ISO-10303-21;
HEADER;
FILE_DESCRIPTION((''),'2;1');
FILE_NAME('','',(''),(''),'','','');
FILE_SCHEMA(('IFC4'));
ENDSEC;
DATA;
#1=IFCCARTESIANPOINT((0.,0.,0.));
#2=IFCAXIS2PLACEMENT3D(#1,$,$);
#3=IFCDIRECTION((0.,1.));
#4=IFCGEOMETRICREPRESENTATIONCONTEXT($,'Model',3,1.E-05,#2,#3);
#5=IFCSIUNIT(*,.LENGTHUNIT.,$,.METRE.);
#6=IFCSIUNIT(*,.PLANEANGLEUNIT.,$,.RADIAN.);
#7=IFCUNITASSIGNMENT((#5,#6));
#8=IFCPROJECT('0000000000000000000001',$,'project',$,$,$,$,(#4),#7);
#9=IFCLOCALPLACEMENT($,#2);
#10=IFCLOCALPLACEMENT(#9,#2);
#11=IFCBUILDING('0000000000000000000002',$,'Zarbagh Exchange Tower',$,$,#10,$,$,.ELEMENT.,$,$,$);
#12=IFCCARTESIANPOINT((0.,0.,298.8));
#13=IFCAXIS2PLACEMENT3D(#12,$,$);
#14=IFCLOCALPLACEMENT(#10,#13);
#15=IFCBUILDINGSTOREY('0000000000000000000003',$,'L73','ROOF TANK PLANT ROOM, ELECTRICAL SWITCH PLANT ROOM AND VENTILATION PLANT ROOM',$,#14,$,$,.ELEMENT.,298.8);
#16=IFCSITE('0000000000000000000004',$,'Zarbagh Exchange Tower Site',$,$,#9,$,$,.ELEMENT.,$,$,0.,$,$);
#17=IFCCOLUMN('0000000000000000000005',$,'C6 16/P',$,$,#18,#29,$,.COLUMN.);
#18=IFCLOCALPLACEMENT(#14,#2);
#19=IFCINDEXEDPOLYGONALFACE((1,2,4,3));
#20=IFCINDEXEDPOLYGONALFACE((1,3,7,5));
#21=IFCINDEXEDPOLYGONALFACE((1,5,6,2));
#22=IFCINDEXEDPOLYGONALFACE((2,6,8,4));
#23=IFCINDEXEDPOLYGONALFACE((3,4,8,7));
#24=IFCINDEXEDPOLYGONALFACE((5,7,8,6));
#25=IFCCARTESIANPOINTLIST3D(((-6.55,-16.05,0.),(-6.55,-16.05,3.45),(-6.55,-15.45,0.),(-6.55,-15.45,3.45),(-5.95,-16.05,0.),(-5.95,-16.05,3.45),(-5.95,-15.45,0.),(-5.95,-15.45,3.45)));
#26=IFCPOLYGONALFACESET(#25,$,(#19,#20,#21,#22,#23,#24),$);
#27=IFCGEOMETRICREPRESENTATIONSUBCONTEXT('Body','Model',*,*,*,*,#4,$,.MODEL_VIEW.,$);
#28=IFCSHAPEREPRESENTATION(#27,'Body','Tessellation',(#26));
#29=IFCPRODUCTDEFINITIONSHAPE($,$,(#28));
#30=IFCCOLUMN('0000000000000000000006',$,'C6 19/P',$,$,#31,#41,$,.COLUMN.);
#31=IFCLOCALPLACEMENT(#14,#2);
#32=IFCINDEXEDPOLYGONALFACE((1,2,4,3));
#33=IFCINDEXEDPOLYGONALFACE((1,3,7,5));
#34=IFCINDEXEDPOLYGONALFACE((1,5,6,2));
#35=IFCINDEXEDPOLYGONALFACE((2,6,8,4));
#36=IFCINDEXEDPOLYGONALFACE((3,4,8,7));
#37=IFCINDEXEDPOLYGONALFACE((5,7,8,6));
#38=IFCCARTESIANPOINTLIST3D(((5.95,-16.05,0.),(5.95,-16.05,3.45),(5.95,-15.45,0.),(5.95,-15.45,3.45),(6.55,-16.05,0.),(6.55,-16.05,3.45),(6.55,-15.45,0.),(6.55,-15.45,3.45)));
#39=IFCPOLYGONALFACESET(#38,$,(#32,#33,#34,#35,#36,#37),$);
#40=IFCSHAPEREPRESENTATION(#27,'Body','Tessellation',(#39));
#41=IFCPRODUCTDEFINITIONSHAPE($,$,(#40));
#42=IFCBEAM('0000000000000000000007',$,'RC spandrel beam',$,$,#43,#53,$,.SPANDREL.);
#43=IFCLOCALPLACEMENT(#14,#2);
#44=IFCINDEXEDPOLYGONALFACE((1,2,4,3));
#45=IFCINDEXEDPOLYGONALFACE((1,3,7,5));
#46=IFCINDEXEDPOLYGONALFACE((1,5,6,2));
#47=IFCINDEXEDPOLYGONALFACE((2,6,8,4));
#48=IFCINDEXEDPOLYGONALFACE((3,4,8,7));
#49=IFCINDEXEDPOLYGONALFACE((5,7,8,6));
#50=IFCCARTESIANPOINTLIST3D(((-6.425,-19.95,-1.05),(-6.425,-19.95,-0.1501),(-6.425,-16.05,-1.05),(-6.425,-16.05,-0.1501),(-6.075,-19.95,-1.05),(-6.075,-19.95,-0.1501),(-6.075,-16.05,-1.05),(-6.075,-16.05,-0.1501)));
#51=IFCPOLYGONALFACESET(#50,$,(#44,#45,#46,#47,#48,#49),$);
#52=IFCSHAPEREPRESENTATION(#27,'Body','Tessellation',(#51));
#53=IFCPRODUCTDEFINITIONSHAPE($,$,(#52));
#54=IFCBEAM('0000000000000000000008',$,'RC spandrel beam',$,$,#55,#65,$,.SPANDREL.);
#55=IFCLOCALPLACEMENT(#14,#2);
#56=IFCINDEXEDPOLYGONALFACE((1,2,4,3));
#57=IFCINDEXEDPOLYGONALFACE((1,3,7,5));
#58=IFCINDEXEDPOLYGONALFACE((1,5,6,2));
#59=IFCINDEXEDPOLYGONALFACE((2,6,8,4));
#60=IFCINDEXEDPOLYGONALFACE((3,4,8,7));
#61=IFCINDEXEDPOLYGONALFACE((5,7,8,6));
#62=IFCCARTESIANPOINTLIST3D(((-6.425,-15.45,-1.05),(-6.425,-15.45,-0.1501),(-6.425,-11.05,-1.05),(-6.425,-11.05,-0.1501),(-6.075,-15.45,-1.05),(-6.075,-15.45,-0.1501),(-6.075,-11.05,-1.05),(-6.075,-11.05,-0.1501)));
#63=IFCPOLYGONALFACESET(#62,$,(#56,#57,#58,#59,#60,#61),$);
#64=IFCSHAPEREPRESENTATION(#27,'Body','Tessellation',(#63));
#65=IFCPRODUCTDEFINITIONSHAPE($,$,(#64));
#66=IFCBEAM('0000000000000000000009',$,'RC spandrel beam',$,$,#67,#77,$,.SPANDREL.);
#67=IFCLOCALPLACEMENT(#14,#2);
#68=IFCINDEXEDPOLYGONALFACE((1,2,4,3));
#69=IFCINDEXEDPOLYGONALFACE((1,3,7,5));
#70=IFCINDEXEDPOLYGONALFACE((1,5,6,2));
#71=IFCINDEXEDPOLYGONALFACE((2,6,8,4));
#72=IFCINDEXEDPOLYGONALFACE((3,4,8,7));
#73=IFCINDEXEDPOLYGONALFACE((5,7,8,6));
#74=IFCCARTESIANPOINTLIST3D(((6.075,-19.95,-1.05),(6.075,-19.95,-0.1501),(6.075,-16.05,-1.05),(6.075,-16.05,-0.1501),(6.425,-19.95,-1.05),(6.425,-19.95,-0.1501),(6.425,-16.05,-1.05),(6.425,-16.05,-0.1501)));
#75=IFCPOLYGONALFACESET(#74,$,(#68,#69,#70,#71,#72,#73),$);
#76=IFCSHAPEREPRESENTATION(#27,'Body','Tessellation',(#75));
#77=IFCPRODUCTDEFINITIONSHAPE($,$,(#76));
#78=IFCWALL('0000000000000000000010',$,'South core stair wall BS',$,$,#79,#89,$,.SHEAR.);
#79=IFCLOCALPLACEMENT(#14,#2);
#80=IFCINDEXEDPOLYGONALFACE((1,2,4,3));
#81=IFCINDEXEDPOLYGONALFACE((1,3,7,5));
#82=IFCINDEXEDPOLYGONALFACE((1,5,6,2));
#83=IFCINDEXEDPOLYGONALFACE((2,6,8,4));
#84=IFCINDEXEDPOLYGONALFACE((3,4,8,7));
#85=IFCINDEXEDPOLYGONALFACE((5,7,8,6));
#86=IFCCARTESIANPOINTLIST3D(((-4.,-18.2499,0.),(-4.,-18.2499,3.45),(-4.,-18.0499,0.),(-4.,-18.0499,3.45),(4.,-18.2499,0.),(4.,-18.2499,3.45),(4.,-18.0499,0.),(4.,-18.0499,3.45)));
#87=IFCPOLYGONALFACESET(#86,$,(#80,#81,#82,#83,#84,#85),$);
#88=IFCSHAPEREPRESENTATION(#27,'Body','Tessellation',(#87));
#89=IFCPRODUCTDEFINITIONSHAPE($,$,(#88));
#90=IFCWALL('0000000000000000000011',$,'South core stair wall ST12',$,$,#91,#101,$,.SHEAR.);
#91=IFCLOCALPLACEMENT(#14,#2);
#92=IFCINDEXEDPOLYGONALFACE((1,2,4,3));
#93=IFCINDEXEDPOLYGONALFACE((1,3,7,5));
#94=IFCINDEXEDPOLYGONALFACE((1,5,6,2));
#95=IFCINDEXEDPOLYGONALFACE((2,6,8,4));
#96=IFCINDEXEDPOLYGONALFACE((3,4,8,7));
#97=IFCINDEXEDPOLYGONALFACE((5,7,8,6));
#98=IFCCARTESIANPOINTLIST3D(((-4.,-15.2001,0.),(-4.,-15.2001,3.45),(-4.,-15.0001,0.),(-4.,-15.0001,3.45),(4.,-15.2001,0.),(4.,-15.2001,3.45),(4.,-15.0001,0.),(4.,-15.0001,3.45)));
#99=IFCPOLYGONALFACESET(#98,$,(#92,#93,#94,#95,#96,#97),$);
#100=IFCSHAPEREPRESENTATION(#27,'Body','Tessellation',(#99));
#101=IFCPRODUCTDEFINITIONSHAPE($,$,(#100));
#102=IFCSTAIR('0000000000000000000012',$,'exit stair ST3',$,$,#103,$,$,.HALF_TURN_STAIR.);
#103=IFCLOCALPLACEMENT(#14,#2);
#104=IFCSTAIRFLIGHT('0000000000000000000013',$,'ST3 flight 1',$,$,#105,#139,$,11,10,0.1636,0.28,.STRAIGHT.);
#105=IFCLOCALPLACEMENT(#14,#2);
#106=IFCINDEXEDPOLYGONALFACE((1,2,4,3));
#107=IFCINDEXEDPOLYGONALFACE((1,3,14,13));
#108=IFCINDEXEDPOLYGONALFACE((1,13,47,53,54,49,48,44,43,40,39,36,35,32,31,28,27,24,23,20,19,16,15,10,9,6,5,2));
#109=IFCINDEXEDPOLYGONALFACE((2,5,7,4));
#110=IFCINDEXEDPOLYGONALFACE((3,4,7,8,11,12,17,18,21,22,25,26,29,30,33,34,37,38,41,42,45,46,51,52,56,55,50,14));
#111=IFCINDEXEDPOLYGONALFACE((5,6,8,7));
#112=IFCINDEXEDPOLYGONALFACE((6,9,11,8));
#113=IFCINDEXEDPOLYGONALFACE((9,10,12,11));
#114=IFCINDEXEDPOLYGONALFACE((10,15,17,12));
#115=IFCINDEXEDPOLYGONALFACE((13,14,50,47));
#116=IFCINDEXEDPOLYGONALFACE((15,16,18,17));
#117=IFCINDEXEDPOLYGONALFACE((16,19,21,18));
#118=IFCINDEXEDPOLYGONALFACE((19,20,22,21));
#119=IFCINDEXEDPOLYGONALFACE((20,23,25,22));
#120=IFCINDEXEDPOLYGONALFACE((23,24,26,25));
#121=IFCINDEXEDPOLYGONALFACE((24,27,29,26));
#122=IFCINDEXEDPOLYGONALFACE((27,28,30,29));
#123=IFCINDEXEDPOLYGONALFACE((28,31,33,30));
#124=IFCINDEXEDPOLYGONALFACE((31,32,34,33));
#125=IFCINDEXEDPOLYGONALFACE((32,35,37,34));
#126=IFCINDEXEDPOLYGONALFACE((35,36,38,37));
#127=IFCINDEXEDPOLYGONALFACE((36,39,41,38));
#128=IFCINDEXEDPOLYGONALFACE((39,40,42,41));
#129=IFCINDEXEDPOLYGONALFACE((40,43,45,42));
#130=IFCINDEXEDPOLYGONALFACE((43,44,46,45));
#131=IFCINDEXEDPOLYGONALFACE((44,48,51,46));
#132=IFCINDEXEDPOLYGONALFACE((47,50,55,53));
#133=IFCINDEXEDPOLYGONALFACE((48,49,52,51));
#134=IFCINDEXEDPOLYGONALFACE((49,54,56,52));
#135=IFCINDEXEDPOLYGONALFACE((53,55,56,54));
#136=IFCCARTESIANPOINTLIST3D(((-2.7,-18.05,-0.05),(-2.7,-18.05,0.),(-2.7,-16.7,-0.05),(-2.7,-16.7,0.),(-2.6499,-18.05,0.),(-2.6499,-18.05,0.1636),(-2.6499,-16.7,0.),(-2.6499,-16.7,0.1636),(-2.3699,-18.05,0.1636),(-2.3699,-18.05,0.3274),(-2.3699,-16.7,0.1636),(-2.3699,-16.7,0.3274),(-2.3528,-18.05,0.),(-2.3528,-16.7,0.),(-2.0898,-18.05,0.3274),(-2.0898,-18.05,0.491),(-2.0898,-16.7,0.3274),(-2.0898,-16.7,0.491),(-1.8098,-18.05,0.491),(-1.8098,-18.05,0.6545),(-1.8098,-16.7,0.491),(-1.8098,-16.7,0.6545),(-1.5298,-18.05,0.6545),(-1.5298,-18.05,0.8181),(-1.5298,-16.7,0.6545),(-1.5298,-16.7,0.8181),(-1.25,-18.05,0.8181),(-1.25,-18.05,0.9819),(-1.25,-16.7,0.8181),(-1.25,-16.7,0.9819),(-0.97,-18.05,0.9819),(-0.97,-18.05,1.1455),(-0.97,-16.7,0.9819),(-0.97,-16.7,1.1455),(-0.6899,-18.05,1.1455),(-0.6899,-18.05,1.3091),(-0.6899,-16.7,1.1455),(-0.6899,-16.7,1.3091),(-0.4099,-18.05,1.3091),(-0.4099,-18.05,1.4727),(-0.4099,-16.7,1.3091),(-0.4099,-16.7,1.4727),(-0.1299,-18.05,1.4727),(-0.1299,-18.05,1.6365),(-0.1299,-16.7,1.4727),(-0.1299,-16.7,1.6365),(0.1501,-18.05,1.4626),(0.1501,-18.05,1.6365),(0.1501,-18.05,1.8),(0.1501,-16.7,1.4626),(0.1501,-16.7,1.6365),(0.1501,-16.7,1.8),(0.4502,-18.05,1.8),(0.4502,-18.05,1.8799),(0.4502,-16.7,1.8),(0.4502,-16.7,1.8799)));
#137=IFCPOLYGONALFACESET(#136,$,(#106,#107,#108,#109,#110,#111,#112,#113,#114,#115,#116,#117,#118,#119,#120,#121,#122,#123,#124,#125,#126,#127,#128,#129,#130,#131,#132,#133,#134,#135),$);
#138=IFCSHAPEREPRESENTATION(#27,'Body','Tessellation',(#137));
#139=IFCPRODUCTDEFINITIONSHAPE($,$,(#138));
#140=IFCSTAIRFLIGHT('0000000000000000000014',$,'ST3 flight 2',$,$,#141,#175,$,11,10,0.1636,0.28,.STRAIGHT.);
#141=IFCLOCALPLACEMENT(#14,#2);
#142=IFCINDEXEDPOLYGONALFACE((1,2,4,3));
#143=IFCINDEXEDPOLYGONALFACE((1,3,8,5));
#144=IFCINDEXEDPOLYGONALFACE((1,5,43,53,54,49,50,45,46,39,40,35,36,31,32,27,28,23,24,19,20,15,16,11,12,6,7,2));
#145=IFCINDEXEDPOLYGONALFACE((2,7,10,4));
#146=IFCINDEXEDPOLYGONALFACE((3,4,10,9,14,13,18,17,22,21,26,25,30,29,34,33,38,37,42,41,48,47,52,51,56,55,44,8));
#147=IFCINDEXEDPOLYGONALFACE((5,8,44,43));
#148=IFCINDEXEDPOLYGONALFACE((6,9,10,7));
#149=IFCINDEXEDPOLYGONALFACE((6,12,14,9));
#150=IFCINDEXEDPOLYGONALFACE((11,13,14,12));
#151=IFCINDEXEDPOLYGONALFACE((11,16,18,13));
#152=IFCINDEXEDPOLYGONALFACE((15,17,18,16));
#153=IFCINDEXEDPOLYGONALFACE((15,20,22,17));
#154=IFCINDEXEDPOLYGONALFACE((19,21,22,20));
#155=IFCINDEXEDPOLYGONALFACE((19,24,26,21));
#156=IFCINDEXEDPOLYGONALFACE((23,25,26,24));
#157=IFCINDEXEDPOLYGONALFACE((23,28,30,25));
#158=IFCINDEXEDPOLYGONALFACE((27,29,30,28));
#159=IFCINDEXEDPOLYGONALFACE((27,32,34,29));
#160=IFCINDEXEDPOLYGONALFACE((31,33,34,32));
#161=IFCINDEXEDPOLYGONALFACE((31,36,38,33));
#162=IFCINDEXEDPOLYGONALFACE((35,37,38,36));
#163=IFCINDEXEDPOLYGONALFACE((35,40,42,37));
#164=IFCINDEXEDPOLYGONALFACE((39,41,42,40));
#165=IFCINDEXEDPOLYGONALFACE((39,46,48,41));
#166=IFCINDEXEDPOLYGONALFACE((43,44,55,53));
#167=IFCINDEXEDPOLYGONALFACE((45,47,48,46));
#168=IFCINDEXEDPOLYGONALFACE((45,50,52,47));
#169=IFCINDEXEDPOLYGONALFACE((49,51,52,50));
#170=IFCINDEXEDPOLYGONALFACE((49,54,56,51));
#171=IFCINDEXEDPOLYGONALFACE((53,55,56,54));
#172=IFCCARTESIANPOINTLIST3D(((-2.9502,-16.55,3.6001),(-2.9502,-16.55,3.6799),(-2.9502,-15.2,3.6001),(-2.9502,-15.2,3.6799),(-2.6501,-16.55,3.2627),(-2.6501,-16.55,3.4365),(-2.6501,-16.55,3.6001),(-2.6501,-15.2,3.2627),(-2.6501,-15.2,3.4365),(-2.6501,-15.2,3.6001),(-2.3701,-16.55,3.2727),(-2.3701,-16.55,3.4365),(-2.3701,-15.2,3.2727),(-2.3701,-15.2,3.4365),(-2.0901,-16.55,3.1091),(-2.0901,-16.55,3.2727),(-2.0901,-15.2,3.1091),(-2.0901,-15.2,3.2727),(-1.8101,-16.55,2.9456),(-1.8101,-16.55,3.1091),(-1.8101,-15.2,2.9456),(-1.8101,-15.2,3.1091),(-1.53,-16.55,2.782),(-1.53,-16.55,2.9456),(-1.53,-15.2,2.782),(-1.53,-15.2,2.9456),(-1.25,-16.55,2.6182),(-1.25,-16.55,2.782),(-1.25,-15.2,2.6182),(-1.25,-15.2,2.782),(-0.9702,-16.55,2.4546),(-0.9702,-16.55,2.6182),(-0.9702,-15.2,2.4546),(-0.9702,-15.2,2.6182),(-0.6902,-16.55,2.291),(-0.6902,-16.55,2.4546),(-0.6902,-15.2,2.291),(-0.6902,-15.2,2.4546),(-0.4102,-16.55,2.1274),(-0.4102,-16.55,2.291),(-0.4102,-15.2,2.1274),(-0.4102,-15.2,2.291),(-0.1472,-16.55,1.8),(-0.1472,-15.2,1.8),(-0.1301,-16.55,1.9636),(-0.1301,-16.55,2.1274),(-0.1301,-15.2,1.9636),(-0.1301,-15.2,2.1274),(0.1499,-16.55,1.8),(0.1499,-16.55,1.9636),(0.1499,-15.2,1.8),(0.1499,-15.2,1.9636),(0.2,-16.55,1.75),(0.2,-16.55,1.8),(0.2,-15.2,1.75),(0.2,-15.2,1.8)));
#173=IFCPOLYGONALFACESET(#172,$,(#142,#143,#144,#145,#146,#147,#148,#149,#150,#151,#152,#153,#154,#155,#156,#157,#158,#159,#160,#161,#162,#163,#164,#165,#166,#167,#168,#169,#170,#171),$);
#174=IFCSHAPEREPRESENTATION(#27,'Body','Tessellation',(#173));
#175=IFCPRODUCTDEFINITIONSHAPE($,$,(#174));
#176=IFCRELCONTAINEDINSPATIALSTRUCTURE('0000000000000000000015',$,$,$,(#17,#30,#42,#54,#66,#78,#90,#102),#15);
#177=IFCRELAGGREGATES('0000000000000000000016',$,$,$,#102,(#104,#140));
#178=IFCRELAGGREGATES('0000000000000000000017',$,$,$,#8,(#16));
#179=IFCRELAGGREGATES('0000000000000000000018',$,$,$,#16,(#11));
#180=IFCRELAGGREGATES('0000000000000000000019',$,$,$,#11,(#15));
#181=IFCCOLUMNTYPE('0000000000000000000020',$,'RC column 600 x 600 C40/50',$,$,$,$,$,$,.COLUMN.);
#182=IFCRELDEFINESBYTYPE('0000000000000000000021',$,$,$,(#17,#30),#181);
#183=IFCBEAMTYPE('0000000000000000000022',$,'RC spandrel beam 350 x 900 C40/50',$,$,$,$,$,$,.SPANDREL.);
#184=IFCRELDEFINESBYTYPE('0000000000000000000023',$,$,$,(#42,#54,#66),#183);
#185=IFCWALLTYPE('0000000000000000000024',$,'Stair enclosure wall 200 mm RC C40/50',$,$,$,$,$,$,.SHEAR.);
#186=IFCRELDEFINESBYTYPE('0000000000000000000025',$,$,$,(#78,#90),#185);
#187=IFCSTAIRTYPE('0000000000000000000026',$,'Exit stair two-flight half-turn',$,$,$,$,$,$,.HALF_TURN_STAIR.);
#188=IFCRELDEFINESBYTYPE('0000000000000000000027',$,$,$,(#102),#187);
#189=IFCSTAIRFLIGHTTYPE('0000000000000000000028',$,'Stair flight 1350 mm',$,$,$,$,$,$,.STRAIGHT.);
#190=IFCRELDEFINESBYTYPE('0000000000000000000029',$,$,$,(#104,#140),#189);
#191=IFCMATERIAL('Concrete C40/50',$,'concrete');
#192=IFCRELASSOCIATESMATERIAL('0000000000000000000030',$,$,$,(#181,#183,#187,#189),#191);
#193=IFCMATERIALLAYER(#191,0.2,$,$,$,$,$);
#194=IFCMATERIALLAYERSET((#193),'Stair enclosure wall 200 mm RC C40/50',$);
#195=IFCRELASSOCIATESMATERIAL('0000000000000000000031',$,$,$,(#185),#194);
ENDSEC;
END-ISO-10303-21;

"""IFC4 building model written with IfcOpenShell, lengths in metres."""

from ifc_helpers import new_model, si_unit, direction, frame, frame_2d, origin, origin_2d, place, context, subcontext, project, spatial, polyline, rectangle, outline, extrude, material, layer, layer_set, material_profile, profile_set, type_object, element, aggregate, save


model = new_model("IFC4")

# Units and contexts
model_context = context("Model", 3, precision=1e-05, world=origin(), true_north=direction((0.0, 1.0)))
body_context = subcontext(model_context, "Body", "Model", "MODEL_VIEW")
ifc_project = project(units=[si_unit("LENGTHUNIT", "METRE"), si_unit("PLANEANGLEUNIT", "RADIAN")], contexts=[model_context])

# Site, building, storey
site_placement = place(None, origin())
site = spatial("IfcSite", under=ifc_project, at=site_placement, Name="Zarbagh Exchange Tower Site", CompositionType="ELEMENT", RefElevation=0.0)
building_placement = place(site_placement, origin())
building = spatial("IfcBuilding", under=site, at=building_placement, Name="Zarbagh Exchange Tower", CompositionType="ELEMENT")
storey_placement = place(building_placement, frame((0.0, 0.0, 298.8)))
storey = spatial("IfcBuildingStorey", under=building, at=storey_placement, Name="L73", Description="ROOF TANK PLANT ROOM, ELECTRICAL SWITCH PLANT ROOM AND VENTILATION PLANT ROOM", CompositionType="ELEMENT", Elevation=298.8)

# Columns
ifc_material_1 = material(Name="Concrete C40/50", Category="concrete")
ifc_material_profile_1 = material_profile(ifc_material_1, rectangle(XDim=0.6001, YDim=0.6001, at=origin_2d()), Name="RC column 600 x 600 C40/50")
ifc_profile_set_1 = profile_set([ifc_material_profile_1], Name="Concrete C40/50")
column_type = type_object("IfcColumnType", Name="RC column 600 x 600 C40/50", PredefinedType="COLUMN", material=ifc_profile_set_1)
for number, where, z_axis, x_axis, name in (
    (1, (-6.25, -15.75, 0.0), (0.0, 0.0, 1.0), (1.0, 0.0, 0.0), "C6 16/P"),
    (2, (6.25, -15.75, 0.0), (0.0, 0.0, 1.0), (1.0, 0.0, 0.0), "C6 19/P"),
):
    element("IfcColumn", number, at=place(storey_placement, frame(where, z_axis=z_axis, x_axis=x_axis)), inside=storey, type_object=column_type, Name=name, PredefinedType="COLUMN", context=body_context, shape_type="SweptSolid", body=[
        extrude(rectangle(XDim=0.6001, YDim=0.6001, at=origin_2d()), origin(), (0.0, 0.0, 1.0), 3.45),
    ])

# Beams
ifc_material_profile_2 = material_profile(ifc_material_1, rectangle(XDim=0.3501, YDim=0.8999, at=origin_2d()), Name="RC spandrel beam 350 x 900 C40/50")
ifc_profile_set_2 = profile_set([ifc_material_profile_2], Name="Concrete C40/50")
beam_type = type_object("IfcBeamType", Name="RC spandrel beam 350 x 900 C40/50", PredefinedType="SPANDREL", material=ifc_profile_set_2)
beam_1_placement = place(storey_placement, frame((-6.25, -19.95, -0.6001), z_axis=(0.0, 1.0, 0.0), x_axis=(-1.0, 0.0, 0.0)))
element("IfcBeam", 3, at=beam_1_placement, inside=storey, type_object=beam_type, Name="RC spandrel beam", PredefinedType="SPANDREL", context=body_context, shape_type="SweptSolid", body=[
    extrude(rectangle(XDim=0.3501, YDim=0.8999, at=origin_2d()), origin(), (0.0, 0.0, 1.0), 3.8999),
])
beam_2_placement = place(storey_placement, frame((-6.25, -15.45, -0.6001), z_axis=(0.0, 1.0, 0.0), x_axis=(-1.0, 0.0, 0.0)))
element("IfcBeam", 4, at=beam_2_placement, inside=storey, type_object=beam_type, Name="RC spandrel beam", PredefinedType="SPANDREL", context=body_context, shape_type="SweptSolid", body=[
    extrude(rectangle(XDim=0.3501, YDim=0.8999, at=origin_2d()), origin(), (0.0, 0.0, 1.0), 4.3999),
])
beam_3_placement = place(storey_placement, frame((6.25, -16.05, -0.6001), z_axis=(0.0, -1.0, 0.0), x_axis=(1.0, 0.0, 0.0)))
element("IfcBeam", 5, at=beam_3_placement, inside=storey, type_object=beam_type, Name="RC spandrel beam", PredefinedType="SPANDREL", context=body_context, shape_type="SweptSolid", body=[
    extrude(rectangle(XDim=0.3501, YDim=0.8999, at=origin_2d()), origin(), (0.0, 0.0, 1.0), 3.8999),
])

# Walls
ifc_layer = layer(ifc_material_1, 0.2)
ifc_layer_set = layer_set([ifc_layer], Name="Stair enclosure wall 200 mm RC C40/50")
wall_type = type_object("IfcWallType", Name="Stair enclosure wall 200 mm RC C40/50", PredefinedType="SHEAR", material=ifc_layer_set)
for number, where, z_axis, x_axis, name in (
    (6, (4.0, -18.1499, 0.0), (0.0, 0.0, 1.0), (-1.0, 0.0, 0.0), "South core stair wall BS"),
    (7, (4.0, -15.1001, 0.0), (0.0, 0.0, 1.0), (-1.0, 0.0, 0.0), "South core stair wall ST12"),
):
    element("IfcWall", number, at=place(storey_placement, frame(where, z_axis=z_axis, x_axis=x_axis)), inside=storey, type_object=wall_type, Name=name, PredefinedType="SHEAR", context=body_context, shape_type="SweptSolid", body=[
        extrude(rectangle(XDim=8.0, YDim=0.2, at=frame_2d((4.0, 0.0))), origin(), (0.0, 0.0, 1.0), 3.45),
    ])

# Stair, stair flights
stair_type = type_object("IfcStairType", Name="Exit stair two-flight half-turn", PredefinedType="HALF_TURN_STAIR", material=ifc_material_1)
stair_1_placement = place(storey_placement, origin())
stair_1 = element("IfcStair", 8, at=stair_1_placement, inside=storey, type_object=stair_type, Name="exit stair ST3", PredefinedType="HALF_TURN_STAIR")
stair_flight_type_1 = type_object("IfcStairFlightType", Name="Stair flight 1350 mm", PredefinedType="STRAIGHT", material=ifc_material_1)
stair_flight_1_placement = place(storey_placement, frame((-2.6499, -17.375, 0.0), z_axis=(0.0, 0.0, 1.0), x_axis=(1.0, 0.0, 0.0)))
stair_flight_1 = element("IfcStairFlight", 9, at=stair_flight_1_placement, type_object=stair_flight_type_1, Name="ST3 flight 1", NumberOfRisers=11, NumberOfTreads=10, PredefinedType="STRAIGHT", RiserHeight=0.1636, TreadLength=0.28, context=body_context, shape_type="SweptSolid", body=[
    extrude(outline(polyline([(-0.05, -0.05), (-0.05, 0.0), (0.0, 0.0), (0.0, 0.1636), (0.28, 0.1636), (0.28, 0.3274), (0.5601, 0.3274), (0.5601, 0.491), (0.8401, 0.491), (0.8401, 0.6545), (1.1201, 0.6545), (1.1201, 0.8181), (1.3999, 0.8181), (1.3999, 0.9819), (1.6799, 0.9819), (1.6799, 1.1455), (1.96, 1.1455), (1.96, 1.3091), (2.24, 1.3091), (2.24, 1.4727), (2.52, 1.4727), (2.52, 1.6365), (2.8, 1.6365), (2.8, 1.8), (3.1001, 1.8799), (3.1001, 1.8), (2.8, 1.4626), (0.2971, 0.0), (-0.05, -0.05)])), frame((0.0, 0.675, 0.0), z_axis=(0.0, -1.0, 0.0), x_axis=(1.0, 0.0, 0.0)), (0.0, 0.0, 1.0), 1.3501),
])
stair_flight_2_placement = place(storey_placement, frame((0.1499, -15.875, 1.8), z_axis=(0.0, 0.0, 1.0), x_axis=(-1.0, 0.0, 0.0)))
stair_flight_2 = element("IfcStairFlight", 10, at=stair_flight_2_placement, type_object=stair_flight_type_1, Name="ST3 flight 2", NumberOfRisers=11, NumberOfTreads=10, PredefinedType="STRAIGHT", RiserHeight=0.1636, TreadLength=0.28, context=body_context, shape_type="SweptSolid", body=[
    extrude(outline(polyline([(-0.05, -0.05), (-0.05, 0.0), (0.0, 0.0), (0.0, 0.1636), (0.28, 0.1636), (0.28, 0.3274), (0.5601, 0.3274), (0.5601, 0.491), (0.8401, 0.491), (0.8401, 0.6545), (1.1201, 0.6545), (1.1201, 0.8181), (1.3999, 0.8181), (1.3999, 0.9819), (1.6799, 0.9819), (1.6799, 1.1455), (1.96, 1.1455), (1.96, 1.3091), (2.24, 1.3091), (2.24, 1.4727), (2.52, 1.4727), (2.52, 1.6365), (2.8, 1.6365), (2.8, 1.8), (3.1001, 1.8799), (3.1001, 1.8), (2.8, 1.4626), (0.2971, 0.0), (-0.05, -0.05)])), frame((0.0, 0.675, 0.0), z_axis=(0.0, -1.0, 0.0), x_axis=(1.0, 0.0, 0.0)), (0.0, 0.0, 1.0), 1.3501),
])
aggregate(stair_1, [stair_flight_1, stair_flight_2])

save(model, "model.ifc")
